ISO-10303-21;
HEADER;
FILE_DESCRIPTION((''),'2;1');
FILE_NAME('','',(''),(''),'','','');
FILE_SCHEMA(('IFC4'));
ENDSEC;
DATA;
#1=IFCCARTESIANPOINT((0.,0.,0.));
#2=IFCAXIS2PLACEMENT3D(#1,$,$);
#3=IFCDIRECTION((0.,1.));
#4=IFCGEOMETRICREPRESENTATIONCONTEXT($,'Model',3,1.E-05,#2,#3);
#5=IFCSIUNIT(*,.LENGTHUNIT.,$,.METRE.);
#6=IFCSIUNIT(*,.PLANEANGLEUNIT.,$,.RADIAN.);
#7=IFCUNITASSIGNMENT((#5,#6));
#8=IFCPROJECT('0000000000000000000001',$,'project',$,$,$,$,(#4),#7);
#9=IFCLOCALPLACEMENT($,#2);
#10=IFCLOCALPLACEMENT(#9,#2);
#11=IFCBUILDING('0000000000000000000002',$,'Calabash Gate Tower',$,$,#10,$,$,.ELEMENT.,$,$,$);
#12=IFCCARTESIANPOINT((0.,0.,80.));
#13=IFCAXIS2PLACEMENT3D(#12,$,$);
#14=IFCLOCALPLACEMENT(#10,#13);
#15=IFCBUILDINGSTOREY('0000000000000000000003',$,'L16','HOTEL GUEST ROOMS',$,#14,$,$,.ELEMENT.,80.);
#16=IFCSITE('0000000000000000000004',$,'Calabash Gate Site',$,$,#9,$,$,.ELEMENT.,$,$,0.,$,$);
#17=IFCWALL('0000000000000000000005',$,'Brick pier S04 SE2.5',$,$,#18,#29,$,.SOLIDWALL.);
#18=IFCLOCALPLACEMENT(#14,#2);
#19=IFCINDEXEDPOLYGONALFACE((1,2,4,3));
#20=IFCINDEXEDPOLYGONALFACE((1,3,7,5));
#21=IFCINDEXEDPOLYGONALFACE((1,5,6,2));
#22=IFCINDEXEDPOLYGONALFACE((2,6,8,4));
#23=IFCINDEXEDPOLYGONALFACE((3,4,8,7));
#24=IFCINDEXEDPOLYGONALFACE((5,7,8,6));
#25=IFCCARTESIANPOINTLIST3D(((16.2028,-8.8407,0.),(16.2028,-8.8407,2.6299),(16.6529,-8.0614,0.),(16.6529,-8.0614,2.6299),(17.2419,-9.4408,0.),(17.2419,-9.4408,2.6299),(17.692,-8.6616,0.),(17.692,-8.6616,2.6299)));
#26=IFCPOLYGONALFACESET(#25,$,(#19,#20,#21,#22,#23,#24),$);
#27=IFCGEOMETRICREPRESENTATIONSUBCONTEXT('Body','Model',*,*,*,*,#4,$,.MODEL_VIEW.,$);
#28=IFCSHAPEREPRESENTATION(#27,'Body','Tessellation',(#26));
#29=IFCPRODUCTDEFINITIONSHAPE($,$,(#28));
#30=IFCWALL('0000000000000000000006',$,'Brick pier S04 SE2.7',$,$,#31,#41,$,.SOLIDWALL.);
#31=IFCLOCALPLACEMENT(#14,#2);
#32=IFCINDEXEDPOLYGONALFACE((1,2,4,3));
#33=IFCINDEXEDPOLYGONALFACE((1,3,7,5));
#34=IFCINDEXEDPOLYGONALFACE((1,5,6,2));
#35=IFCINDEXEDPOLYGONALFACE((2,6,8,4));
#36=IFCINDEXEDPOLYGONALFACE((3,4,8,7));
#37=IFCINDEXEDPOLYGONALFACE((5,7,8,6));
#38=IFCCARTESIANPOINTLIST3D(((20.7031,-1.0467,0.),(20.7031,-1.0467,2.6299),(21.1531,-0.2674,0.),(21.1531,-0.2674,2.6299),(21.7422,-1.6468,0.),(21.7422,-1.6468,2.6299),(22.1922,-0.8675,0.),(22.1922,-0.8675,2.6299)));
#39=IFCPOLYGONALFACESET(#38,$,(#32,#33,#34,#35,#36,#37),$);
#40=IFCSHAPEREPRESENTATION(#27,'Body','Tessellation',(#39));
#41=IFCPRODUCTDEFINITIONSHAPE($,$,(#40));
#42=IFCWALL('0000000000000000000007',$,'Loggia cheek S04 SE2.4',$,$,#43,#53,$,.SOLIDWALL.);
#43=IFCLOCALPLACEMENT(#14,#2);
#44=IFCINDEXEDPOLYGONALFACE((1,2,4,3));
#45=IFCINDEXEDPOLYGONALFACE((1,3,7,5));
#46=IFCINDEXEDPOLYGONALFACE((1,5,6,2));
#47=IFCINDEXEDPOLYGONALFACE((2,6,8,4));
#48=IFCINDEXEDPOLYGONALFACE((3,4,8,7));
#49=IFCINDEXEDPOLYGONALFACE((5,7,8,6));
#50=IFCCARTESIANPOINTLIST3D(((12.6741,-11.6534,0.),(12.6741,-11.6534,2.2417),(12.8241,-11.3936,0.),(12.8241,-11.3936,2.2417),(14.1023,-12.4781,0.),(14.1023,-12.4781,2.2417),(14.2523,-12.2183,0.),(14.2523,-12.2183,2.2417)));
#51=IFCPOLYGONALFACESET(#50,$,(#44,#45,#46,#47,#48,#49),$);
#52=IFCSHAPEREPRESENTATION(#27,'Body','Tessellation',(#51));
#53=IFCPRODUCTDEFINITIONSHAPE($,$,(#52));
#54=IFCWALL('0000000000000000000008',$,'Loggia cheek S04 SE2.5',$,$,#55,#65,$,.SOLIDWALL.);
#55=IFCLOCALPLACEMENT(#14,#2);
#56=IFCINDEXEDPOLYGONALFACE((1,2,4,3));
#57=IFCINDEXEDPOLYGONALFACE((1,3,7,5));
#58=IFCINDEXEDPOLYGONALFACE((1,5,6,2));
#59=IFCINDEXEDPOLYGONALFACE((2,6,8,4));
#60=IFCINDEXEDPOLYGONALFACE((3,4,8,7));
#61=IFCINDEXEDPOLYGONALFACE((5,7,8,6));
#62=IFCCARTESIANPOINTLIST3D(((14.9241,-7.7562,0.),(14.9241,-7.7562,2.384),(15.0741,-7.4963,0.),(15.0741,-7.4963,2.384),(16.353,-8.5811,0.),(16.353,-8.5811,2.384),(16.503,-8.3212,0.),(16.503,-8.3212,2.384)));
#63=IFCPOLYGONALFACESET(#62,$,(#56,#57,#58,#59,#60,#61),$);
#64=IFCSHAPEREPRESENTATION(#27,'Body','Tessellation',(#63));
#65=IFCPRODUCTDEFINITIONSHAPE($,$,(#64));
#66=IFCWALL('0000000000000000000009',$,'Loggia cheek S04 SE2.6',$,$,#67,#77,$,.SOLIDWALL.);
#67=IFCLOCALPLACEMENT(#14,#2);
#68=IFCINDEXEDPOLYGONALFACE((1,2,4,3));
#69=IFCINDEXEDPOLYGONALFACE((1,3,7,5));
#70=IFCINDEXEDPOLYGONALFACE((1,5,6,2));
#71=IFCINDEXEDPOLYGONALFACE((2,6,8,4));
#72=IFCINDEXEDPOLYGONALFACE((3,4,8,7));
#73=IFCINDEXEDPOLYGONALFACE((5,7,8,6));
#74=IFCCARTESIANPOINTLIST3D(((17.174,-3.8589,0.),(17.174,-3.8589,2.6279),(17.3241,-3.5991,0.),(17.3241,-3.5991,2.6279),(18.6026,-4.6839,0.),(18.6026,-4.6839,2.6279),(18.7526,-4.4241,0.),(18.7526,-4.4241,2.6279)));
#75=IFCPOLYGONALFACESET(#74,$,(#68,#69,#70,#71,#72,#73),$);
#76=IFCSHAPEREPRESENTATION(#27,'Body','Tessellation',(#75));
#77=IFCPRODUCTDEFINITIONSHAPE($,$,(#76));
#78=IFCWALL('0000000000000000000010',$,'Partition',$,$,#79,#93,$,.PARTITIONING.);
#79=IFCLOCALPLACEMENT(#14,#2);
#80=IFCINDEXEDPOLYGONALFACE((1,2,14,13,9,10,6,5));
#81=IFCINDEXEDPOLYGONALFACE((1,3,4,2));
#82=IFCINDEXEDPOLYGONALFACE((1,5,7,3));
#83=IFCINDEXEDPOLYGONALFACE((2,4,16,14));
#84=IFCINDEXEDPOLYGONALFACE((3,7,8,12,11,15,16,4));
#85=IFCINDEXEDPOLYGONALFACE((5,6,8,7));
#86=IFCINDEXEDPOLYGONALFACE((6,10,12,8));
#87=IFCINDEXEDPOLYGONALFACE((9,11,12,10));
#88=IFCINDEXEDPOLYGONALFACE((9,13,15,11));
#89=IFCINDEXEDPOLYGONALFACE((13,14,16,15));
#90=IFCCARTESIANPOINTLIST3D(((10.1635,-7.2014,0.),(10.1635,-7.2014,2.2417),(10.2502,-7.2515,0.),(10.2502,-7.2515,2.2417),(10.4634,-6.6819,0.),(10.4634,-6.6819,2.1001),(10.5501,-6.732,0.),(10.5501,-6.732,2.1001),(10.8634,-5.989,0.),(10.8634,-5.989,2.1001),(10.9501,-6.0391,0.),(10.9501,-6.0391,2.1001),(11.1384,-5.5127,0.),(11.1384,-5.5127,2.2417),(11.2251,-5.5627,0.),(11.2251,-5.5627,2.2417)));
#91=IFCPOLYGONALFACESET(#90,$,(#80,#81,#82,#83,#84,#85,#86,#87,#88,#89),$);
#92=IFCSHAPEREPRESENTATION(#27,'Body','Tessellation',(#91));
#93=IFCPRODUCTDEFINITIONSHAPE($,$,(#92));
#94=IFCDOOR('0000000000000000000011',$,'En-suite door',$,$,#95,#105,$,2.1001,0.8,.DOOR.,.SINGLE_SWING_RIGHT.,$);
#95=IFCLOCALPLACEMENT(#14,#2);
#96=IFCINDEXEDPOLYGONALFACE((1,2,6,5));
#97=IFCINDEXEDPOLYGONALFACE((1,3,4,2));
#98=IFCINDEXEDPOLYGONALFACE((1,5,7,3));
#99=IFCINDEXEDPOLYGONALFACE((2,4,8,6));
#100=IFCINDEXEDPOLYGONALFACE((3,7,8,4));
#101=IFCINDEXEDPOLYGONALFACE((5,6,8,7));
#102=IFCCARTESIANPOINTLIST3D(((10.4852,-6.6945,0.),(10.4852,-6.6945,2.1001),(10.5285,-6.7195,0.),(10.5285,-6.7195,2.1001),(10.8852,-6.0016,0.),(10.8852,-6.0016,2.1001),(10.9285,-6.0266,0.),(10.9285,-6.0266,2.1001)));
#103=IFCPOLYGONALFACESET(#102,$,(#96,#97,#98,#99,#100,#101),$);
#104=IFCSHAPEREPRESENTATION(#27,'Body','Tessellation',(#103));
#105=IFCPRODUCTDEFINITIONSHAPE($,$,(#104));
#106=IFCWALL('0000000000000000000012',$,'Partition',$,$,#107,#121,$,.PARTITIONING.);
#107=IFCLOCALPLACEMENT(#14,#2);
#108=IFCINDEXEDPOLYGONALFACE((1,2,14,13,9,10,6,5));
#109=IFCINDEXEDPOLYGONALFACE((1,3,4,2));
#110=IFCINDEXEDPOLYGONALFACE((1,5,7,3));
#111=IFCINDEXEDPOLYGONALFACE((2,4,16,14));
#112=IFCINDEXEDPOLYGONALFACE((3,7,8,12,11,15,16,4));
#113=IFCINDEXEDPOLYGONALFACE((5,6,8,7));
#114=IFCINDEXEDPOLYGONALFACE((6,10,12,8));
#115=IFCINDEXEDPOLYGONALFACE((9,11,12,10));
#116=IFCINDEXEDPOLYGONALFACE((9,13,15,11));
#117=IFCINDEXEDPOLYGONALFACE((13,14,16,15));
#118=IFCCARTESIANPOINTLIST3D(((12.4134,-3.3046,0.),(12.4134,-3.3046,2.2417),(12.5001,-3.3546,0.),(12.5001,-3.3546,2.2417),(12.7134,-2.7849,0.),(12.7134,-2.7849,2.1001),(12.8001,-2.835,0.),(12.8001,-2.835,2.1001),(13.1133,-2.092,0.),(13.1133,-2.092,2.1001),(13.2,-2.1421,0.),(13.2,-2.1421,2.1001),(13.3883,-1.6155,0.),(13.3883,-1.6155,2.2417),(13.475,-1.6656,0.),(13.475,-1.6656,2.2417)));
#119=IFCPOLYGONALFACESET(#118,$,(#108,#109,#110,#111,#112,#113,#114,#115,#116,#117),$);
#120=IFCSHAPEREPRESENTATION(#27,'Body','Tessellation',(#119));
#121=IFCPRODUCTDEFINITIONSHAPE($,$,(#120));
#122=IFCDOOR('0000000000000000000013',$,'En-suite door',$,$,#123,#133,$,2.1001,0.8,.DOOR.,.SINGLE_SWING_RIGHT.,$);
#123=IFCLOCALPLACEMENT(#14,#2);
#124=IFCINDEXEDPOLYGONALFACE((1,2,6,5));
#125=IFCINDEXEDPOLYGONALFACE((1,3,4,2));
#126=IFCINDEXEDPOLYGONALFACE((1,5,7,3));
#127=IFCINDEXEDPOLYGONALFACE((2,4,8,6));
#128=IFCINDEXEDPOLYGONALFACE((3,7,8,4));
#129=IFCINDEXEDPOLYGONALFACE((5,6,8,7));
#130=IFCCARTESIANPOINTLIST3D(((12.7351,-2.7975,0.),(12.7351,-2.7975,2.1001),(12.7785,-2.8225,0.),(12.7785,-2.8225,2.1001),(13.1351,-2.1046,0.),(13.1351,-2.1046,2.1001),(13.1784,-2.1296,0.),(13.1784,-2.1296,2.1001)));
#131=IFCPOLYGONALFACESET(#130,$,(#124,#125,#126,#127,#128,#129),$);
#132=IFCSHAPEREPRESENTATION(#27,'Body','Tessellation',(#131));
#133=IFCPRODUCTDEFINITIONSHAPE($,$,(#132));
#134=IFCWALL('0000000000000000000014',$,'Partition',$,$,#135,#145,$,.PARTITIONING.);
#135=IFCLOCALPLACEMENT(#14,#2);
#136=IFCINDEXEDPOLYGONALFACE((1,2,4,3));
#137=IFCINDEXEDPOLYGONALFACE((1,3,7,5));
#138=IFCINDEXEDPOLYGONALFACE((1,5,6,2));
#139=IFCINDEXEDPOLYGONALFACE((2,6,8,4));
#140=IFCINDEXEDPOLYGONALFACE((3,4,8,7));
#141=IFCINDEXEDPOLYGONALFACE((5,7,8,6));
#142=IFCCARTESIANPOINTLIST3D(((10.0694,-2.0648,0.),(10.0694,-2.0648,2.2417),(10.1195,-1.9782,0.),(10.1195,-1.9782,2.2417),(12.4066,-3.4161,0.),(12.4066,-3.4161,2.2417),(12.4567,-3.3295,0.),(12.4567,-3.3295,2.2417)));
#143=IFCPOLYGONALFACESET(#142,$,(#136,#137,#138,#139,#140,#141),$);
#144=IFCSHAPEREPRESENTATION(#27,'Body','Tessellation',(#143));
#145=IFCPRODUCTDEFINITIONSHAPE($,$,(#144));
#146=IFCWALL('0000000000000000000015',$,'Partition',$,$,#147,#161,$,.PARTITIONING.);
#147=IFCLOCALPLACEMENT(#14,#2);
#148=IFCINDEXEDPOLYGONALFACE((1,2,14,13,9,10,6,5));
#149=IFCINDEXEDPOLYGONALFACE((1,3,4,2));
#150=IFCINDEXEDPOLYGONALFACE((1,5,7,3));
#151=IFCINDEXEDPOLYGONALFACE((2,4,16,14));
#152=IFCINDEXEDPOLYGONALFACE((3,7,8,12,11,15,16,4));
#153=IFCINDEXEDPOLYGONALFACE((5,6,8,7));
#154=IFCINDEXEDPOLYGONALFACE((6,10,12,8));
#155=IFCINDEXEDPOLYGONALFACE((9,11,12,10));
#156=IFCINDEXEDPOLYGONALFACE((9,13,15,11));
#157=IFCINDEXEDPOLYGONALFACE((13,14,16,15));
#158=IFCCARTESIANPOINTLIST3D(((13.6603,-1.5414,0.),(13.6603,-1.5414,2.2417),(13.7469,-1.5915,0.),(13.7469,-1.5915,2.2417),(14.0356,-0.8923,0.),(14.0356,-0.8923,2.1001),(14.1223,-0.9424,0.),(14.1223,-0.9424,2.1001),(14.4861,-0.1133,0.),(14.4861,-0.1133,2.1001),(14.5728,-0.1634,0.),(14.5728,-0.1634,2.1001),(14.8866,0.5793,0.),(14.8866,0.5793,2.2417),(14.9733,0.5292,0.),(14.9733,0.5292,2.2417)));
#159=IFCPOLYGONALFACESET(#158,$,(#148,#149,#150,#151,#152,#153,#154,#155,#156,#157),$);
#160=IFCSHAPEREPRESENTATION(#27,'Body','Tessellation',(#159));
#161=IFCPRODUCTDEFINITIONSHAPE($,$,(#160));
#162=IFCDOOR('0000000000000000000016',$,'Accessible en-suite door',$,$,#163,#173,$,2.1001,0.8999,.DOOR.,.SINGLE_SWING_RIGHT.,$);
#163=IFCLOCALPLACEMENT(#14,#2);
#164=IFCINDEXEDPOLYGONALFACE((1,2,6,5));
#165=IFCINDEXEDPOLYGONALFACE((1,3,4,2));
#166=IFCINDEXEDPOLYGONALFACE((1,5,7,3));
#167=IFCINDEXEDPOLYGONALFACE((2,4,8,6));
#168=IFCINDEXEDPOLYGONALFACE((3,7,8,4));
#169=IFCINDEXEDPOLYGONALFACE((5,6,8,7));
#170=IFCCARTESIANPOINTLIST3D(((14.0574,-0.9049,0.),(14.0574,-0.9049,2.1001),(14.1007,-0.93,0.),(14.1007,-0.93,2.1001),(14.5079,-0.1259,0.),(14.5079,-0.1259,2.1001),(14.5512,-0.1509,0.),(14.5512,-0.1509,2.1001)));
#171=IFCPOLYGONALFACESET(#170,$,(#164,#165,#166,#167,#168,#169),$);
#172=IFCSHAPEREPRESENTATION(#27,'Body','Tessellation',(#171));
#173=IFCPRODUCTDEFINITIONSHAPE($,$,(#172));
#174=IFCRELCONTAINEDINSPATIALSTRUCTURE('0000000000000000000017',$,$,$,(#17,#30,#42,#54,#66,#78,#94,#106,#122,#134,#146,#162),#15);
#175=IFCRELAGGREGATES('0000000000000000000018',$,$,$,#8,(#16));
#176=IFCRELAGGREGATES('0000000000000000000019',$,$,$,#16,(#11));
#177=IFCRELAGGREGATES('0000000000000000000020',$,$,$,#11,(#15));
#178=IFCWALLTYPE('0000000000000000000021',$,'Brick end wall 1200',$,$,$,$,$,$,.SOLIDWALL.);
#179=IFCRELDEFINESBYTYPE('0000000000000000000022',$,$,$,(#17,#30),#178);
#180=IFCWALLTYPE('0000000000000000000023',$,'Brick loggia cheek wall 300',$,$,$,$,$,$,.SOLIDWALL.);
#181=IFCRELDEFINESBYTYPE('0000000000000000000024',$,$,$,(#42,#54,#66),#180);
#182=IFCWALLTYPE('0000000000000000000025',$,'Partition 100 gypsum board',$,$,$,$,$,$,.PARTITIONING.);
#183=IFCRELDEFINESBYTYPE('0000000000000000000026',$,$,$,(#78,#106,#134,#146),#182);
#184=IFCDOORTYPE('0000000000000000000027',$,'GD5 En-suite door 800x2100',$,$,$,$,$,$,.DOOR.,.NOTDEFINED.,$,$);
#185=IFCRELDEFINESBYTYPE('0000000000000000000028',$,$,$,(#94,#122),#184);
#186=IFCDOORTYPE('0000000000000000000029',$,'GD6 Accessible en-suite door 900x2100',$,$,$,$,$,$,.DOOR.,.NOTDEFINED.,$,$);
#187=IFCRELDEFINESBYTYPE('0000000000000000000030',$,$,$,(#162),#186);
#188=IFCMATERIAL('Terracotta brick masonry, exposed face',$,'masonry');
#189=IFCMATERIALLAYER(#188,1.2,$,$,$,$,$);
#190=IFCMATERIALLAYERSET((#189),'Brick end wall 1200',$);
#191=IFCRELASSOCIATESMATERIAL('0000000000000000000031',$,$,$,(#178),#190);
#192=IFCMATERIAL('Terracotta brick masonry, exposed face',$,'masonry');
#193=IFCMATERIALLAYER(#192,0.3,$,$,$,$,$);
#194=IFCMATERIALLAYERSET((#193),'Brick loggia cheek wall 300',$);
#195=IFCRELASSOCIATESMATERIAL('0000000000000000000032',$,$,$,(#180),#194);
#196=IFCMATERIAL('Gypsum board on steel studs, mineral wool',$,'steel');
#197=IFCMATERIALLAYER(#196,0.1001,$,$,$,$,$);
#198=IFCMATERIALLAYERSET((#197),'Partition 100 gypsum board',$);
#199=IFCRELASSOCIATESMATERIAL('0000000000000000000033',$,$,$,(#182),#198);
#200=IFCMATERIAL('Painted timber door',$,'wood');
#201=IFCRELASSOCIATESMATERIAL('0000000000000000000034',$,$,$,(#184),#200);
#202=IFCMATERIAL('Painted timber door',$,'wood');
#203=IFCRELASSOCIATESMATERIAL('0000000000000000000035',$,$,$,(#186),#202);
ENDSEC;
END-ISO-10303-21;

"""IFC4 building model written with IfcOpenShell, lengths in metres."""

from ifc_helpers import new_model, si_unit, direction, frame, frame_2d, origin, place, context, subcontext, project, spatial, rectangle, extrude, material, layer, layer_set, type_object, element, fill, save


model = new_model("IFC4")

# Units and contexts
model_context = context("Model", 3, precision=1e-05, world=origin(), true_north=direction((0.0, 1.0)))
body_context = subcontext(model_context, "Body", "Model", "MODEL_VIEW")
ifc_project = project(units=[si_unit("LENGTHUNIT", "METRE"), si_unit("PLANEANGLEUNIT", "RADIAN")], contexts=[model_context])

# Site, building, storey
site_placement = place(None, origin())
site = spatial("IfcSite", under=ifc_project, at=site_placement, Name="Calabash Gate Site", CompositionType="ELEMENT", RefElevation=0.0)
building_placement = place(site_placement, origin())
building = spatial("IfcBuilding", under=site, at=building_placement, Name="Calabash Gate Tower", CompositionType="ELEMENT")
storey_placement = place(building_placement, frame((0.0, 0.0, 80.0)))
storey = spatial("IfcBuildingStorey", under=building, at=storey_placement, Name="L16", Description="HOTEL GUEST ROOMS", CompositionType="ELEMENT", Elevation=80.0)

# Walls
ifc_material_1 = material(Name="Terracotta brick masonry, exposed face", Category="masonry")
ifc_layer_1 = layer(ifc_material_1, 1.2)
ifc_layer_set_1 = layer_set([ifc_layer_1], Name="Brick end wall 1200")
wall_type_1 = type_object("IfcWallType", Name="Brick end wall 1200", PredefinedType="SOLIDWALL", material=ifc_layer_set_1)
for number, where, z_axis, x_axis, name in (
    (1, (17.467, -9.0513, 0.0), (0.0, 0.0, 1.0), (-0.865955, 0.500122, 0.0), "Brick pier S04 SE2.5"),
    (2, (20.928, -0.657, 0.0), (0.0, 0.0, 1.0), (0.865955, -0.500122, 0.0), "Brick pier S04 SE2.7"),
):
    element("IfcWall", number, at=place(storey_placement, frame(where, z_axis=z_axis, x_axis=x_axis)), inside=storey, type_object=wall_type_1, Name=name, PredefinedType="SOLIDWALL", context=body_context, shape_type="SweptSolid", body=[
        extrude(rectangle(XDim=1.2, YDim=0.8999, at=frame_2d((0.6001, 0.0))), origin(), (0.0, 0.0, 1.0), 2.6299),
    ])
ifc_material_2 = material(Name="Terracotta brick masonry, exposed face", Category="masonry")
ifc_layer_2 = layer(ifc_material_2, 0.3)
ifc_layer_set_2 = layer_set([ifc_layer_2], Name="Brick loggia cheek wall 300")
wall_type_2 = type_object("IfcWallType", Name="Brick loggia cheek wall 300", PredefinedType="SOLIDWALL", material=ifc_layer_set_2)
wall_1_placement = place(storey_placement, frame((12.749, -11.5234, 0.0), z_axis=(0.0, 0.0, 1.0), x_axis=(0.865993, -0.500056, 0.0)))
element("IfcWall", 3, at=wall_1_placement, inside=storey, type_object=wall_type_2, Name="Loggia cheek S04 SE2.4", PredefinedType="SOLIDWALL", context=body_context, shape_type="SweptSolid", body=[
    extrude(rectangle(XDim=1.6492, YDim=0.3, at=frame_2d((0.8247, 0.0))), origin(), (0.0, 0.0, 1.0), 2.2417),
])
wall_2_placement = place(storey_placement, frame((16.428, -8.4512, 0.0), z_axis=(0.0, 0.0, 1.0), x_axis=(-0.86604, 0.499974, 0.0)))
element("IfcWall", 4, at=wall_2_placement, inside=storey, type_object=wall_type_2, Name="Loggia cheek S04 SE2.5", PredefinedType="SOLIDWALL", context=body_context, shape_type="SweptSolid", body=[
    extrude(rectangle(XDim=1.6499, YDim=0.3, at=frame_2d((0.825, 0.0))), origin(), (0.0, 0.0, 1.0), 2.384),
])
wall_3_placement = place(storey_placement, frame((18.6775, -4.554, 0.0), z_axis=(0.0, 0.0, 1.0), x_axis=(-0.865966, 0.500103, 0.0)))
element("IfcWall", 5, at=wall_3_placement, inside=storey, type_object=wall_type_2, Name="Loggia cheek S04 SE2.6", PredefinedType="SOLIDWALL", context=body_context, shape_type="SweptSolid", body=[
    extrude(rectangle(XDim=1.6497, YDim=0.3, at=frame_2d((0.8247, 0.0))), origin(), (0.0, 0.0, 1.0), 2.6279),
])

# Walls, openings, doors
ifc_material_3 = material(Name="Gypsum board on steel studs, mineral wool", Category="steel")
ifc_layer_3 = layer(ifc_material_3, 0.1001)
ifc_layer_set_3 = layer_set([ifc_layer_3], Name="Partition 100 gypsum board")
wall_type_3 = type_object("IfcWallType", Name="Partition 100 gypsum board", PredefinedType="PARTITIONING", material=ifc_layer_set_3)
wall_4_placement = place(storey_placement, frame((10.2068, -7.2266, 0.0), z_axis=(0.0, 0.0, 1.0), x_axis=(0.49995, 0.866054, 0.0)))
wall_4 = element("IfcWall", 6, at=wall_4_placement, inside=storey, type_object=wall_type_3, Name="Partition", PredefinedType="PARTITIONING", context=body_context, shape_type="SweptSolid", body=[
    extrude(rectangle(XDim=1.95, YDim=0.1001, at=frame_2d((0.9751, 0.0))), origin(), (0.0, 0.0, 1.0), 2.2417),
])
opening_1_placement = place(wall_4_placement, frame((0.6001, 0.0, 0.0)))
opening_1 = element("IfcOpeningElement", 7, at=opening_1_placement, cuts=wall_4, PredefinedType="OPENING", context=body_context, shape_type="SweptSolid", body=[
    extrude(rectangle(XDim=0.8, YDim=2.1001, at=frame_2d((0.3999, 1.05))), frame((0.0, 0.0601, 0.0), z_axis=(0.0, -1.0, 0.0), x_axis=(1.0, 0.0, 0.0)), (0.0, 0.0, 1.0), 0.1201),
])
ifc_material_4 = material(Name="Painted timber door", Category="wood")
door_type_1 = type_object("IfcDoorType", Name="GD5 En-suite door 800x2100", OperationType="NOTDEFINED", PredefinedType="DOOR", material=ifc_material_4)
door_1_placement = place(opening_1_placement, origin())
door_1 = element("IfcDoor", 8, at=door_1_placement, inside=storey, type_object=door_type_1, Name="En-suite door", OperationType="SINGLE_SWING_RIGHT", OverallHeight=2.1001, OverallWidth=0.8, PredefinedType="DOOR", context=body_context, shape_type="SweptSolid", body=[
    extrude(rectangle(XDim=0.8, YDim=2.1001, at=frame_2d((0.3999, 1.05))), frame((0.0, 0.0249, 0.0), z_axis=(0.0, -1.0, 0.0), x_axis=(1.0, 0.0, 0.0)), (0.0, 0.0, 1.0), 0.05),
])
fill(opening_1, door_1)
wall_5_placement = place(storey_placement, frame((12.4568, -3.3296, 0.0), z_axis=(0.0, 0.0, 1.0), x_axis=(0.499896, 0.866086, 0.0)))
wall_5 = element("IfcWall", 9, at=wall_5_placement, inside=storey, type_object=wall_type_3, Name="Partition", PredefinedType="PARTITIONING", context=body_context, shape_type="SweptSolid", body=[
    extrude(rectangle(XDim=1.9502, YDim=0.1001, at=frame_2d((0.9751, 0.0))), origin(), (0.0, 0.0, 1.0), 2.2417),
])
opening_2_placement = place(wall_5_placement, frame((0.6001, 0.0, 0.0)))
opening_2 = element("IfcOpeningElement", 10, at=opening_2_placement, cuts=wall_5, PredefinedType="OPENING", context=body_context, shape_type="SweptSolid", body=[
    extrude(rectangle(XDim=0.8, YDim=2.1001, at=frame_2d((0.3999, 1.05))), frame((0.0, 0.0601, 0.0), z_axis=(0.0, -1.0, 0.0), x_axis=(1.0, 0.0, 0.0)), (0.0, 0.0, 1.0), 0.1201),
])
door_2_placement = place(opening_2_placement, origin())
door_2 = element("IfcDoor", 11, at=door_2_placement, inside=storey, type_object=door_type_1, Name="En-suite door", OperationType="SINGLE_SWING_RIGHT", OverallHeight=2.1001, OverallWidth=0.8, PredefinedType="DOOR", context=body_context, shape_type="SweptSolid", body=[
    extrude(rectangle(XDim=0.8, YDim=2.1001, at=frame_2d((0.3999, 1.05))), frame((0.0, 0.0249, 0.0), z_axis=(0.0, -1.0, 0.0), x_axis=(1.0, 0.0, 0.0)), (0.0, 0.0, 1.0), 0.05),
])
fill(opening_2, door_2)

# Wall
wall_6_placement = place(storey_placement, frame((10.0945, -2.0215, 0.0), z_axis=(0.0, 0.0, 1.0), x_axis=(0.865711, -0.500544, 0.0)))
element("IfcWall", 12, at=wall_6_placement, inside=storey, type_object=wall_type_3, Name="Partition", PredefinedType="PARTITIONING", context=body_context, shape_type="SweptSolid", body=[
    extrude(rectangle(XDim=2.6997, YDim=0.1001, at=frame_2d((1.3499, 0.0))), origin(), (0.0, 0.0, 1.0), 2.2417),
])

# Wall, opening, door
wall_7_placement = place(storey_placement, frame((13.7036, -1.5664, 0.0), z_axis=(0.0, 0.0, 1.0), x_axis=(0.500608, 0.865674, 0.0)))
wall_7 = element("IfcWall", 13, at=wall_7_placement, inside=storey, type_object=wall_type_3, Name="Partition", PredefinedType="PARTITIONING", context=body_context, shape_type="SweptSolid", body=[
    extrude(rectangle(XDim=2.4497, YDim=0.1001, at=frame_2d((1.2249, 0.0))), origin(), (0.0, 0.0, 1.0), 2.2417),
])
opening_3_placement = place(wall_7_placement, frame((0.7498, 0.0, 0.0)))
opening_3 = element("IfcOpeningElement", 14, at=opening_3_placement, cuts=wall_7, PredefinedType="OPENING", context=body_context, shape_type="SweptSolid", body=[
    extrude(rectangle(XDim=0.8999, YDim=2.1001, at=frame_2d((0.45, 1.05))), frame((0.0, 0.0601, 0.0), z_axis=(0.0, -1.0, 0.0), x_axis=(1.0, 0.0, 0.0)), (0.0, 0.0, 1.0), 0.1201),
])
ifc_material_5 = material(Name="Painted timber door", Category="wood")
door_type_2 = type_object("IfcDoorType", Name="GD6 Accessible en-suite door 900x2100", OperationType="NOTDEFINED", PredefinedType="DOOR", material=ifc_material_5)
door_3_placement = place(opening_3_placement, origin())
door_3 = element("IfcDoor", 15, at=door_3_placement, inside=storey, type_object=door_type_2, Name="Accessible en-suite door", OperationType="SINGLE_SWING_RIGHT", OverallHeight=2.1001, OverallWidth=0.8999, PredefinedType="DOOR", context=body_context, shape_type="SweptSolid", body=[
    extrude(rectangle(XDim=0.8999, YDim=2.1001, at=frame_2d((0.45, 1.05))), frame((0.0, 0.0249, 0.0), z_axis=(0.0, -1.0, 0.0), x_axis=(1.0, 0.0, 0.0)), (0.0, 0.0, 1.0), 0.05),
])
fill(opening_3, door_3)

save(model, "model.ifc")
